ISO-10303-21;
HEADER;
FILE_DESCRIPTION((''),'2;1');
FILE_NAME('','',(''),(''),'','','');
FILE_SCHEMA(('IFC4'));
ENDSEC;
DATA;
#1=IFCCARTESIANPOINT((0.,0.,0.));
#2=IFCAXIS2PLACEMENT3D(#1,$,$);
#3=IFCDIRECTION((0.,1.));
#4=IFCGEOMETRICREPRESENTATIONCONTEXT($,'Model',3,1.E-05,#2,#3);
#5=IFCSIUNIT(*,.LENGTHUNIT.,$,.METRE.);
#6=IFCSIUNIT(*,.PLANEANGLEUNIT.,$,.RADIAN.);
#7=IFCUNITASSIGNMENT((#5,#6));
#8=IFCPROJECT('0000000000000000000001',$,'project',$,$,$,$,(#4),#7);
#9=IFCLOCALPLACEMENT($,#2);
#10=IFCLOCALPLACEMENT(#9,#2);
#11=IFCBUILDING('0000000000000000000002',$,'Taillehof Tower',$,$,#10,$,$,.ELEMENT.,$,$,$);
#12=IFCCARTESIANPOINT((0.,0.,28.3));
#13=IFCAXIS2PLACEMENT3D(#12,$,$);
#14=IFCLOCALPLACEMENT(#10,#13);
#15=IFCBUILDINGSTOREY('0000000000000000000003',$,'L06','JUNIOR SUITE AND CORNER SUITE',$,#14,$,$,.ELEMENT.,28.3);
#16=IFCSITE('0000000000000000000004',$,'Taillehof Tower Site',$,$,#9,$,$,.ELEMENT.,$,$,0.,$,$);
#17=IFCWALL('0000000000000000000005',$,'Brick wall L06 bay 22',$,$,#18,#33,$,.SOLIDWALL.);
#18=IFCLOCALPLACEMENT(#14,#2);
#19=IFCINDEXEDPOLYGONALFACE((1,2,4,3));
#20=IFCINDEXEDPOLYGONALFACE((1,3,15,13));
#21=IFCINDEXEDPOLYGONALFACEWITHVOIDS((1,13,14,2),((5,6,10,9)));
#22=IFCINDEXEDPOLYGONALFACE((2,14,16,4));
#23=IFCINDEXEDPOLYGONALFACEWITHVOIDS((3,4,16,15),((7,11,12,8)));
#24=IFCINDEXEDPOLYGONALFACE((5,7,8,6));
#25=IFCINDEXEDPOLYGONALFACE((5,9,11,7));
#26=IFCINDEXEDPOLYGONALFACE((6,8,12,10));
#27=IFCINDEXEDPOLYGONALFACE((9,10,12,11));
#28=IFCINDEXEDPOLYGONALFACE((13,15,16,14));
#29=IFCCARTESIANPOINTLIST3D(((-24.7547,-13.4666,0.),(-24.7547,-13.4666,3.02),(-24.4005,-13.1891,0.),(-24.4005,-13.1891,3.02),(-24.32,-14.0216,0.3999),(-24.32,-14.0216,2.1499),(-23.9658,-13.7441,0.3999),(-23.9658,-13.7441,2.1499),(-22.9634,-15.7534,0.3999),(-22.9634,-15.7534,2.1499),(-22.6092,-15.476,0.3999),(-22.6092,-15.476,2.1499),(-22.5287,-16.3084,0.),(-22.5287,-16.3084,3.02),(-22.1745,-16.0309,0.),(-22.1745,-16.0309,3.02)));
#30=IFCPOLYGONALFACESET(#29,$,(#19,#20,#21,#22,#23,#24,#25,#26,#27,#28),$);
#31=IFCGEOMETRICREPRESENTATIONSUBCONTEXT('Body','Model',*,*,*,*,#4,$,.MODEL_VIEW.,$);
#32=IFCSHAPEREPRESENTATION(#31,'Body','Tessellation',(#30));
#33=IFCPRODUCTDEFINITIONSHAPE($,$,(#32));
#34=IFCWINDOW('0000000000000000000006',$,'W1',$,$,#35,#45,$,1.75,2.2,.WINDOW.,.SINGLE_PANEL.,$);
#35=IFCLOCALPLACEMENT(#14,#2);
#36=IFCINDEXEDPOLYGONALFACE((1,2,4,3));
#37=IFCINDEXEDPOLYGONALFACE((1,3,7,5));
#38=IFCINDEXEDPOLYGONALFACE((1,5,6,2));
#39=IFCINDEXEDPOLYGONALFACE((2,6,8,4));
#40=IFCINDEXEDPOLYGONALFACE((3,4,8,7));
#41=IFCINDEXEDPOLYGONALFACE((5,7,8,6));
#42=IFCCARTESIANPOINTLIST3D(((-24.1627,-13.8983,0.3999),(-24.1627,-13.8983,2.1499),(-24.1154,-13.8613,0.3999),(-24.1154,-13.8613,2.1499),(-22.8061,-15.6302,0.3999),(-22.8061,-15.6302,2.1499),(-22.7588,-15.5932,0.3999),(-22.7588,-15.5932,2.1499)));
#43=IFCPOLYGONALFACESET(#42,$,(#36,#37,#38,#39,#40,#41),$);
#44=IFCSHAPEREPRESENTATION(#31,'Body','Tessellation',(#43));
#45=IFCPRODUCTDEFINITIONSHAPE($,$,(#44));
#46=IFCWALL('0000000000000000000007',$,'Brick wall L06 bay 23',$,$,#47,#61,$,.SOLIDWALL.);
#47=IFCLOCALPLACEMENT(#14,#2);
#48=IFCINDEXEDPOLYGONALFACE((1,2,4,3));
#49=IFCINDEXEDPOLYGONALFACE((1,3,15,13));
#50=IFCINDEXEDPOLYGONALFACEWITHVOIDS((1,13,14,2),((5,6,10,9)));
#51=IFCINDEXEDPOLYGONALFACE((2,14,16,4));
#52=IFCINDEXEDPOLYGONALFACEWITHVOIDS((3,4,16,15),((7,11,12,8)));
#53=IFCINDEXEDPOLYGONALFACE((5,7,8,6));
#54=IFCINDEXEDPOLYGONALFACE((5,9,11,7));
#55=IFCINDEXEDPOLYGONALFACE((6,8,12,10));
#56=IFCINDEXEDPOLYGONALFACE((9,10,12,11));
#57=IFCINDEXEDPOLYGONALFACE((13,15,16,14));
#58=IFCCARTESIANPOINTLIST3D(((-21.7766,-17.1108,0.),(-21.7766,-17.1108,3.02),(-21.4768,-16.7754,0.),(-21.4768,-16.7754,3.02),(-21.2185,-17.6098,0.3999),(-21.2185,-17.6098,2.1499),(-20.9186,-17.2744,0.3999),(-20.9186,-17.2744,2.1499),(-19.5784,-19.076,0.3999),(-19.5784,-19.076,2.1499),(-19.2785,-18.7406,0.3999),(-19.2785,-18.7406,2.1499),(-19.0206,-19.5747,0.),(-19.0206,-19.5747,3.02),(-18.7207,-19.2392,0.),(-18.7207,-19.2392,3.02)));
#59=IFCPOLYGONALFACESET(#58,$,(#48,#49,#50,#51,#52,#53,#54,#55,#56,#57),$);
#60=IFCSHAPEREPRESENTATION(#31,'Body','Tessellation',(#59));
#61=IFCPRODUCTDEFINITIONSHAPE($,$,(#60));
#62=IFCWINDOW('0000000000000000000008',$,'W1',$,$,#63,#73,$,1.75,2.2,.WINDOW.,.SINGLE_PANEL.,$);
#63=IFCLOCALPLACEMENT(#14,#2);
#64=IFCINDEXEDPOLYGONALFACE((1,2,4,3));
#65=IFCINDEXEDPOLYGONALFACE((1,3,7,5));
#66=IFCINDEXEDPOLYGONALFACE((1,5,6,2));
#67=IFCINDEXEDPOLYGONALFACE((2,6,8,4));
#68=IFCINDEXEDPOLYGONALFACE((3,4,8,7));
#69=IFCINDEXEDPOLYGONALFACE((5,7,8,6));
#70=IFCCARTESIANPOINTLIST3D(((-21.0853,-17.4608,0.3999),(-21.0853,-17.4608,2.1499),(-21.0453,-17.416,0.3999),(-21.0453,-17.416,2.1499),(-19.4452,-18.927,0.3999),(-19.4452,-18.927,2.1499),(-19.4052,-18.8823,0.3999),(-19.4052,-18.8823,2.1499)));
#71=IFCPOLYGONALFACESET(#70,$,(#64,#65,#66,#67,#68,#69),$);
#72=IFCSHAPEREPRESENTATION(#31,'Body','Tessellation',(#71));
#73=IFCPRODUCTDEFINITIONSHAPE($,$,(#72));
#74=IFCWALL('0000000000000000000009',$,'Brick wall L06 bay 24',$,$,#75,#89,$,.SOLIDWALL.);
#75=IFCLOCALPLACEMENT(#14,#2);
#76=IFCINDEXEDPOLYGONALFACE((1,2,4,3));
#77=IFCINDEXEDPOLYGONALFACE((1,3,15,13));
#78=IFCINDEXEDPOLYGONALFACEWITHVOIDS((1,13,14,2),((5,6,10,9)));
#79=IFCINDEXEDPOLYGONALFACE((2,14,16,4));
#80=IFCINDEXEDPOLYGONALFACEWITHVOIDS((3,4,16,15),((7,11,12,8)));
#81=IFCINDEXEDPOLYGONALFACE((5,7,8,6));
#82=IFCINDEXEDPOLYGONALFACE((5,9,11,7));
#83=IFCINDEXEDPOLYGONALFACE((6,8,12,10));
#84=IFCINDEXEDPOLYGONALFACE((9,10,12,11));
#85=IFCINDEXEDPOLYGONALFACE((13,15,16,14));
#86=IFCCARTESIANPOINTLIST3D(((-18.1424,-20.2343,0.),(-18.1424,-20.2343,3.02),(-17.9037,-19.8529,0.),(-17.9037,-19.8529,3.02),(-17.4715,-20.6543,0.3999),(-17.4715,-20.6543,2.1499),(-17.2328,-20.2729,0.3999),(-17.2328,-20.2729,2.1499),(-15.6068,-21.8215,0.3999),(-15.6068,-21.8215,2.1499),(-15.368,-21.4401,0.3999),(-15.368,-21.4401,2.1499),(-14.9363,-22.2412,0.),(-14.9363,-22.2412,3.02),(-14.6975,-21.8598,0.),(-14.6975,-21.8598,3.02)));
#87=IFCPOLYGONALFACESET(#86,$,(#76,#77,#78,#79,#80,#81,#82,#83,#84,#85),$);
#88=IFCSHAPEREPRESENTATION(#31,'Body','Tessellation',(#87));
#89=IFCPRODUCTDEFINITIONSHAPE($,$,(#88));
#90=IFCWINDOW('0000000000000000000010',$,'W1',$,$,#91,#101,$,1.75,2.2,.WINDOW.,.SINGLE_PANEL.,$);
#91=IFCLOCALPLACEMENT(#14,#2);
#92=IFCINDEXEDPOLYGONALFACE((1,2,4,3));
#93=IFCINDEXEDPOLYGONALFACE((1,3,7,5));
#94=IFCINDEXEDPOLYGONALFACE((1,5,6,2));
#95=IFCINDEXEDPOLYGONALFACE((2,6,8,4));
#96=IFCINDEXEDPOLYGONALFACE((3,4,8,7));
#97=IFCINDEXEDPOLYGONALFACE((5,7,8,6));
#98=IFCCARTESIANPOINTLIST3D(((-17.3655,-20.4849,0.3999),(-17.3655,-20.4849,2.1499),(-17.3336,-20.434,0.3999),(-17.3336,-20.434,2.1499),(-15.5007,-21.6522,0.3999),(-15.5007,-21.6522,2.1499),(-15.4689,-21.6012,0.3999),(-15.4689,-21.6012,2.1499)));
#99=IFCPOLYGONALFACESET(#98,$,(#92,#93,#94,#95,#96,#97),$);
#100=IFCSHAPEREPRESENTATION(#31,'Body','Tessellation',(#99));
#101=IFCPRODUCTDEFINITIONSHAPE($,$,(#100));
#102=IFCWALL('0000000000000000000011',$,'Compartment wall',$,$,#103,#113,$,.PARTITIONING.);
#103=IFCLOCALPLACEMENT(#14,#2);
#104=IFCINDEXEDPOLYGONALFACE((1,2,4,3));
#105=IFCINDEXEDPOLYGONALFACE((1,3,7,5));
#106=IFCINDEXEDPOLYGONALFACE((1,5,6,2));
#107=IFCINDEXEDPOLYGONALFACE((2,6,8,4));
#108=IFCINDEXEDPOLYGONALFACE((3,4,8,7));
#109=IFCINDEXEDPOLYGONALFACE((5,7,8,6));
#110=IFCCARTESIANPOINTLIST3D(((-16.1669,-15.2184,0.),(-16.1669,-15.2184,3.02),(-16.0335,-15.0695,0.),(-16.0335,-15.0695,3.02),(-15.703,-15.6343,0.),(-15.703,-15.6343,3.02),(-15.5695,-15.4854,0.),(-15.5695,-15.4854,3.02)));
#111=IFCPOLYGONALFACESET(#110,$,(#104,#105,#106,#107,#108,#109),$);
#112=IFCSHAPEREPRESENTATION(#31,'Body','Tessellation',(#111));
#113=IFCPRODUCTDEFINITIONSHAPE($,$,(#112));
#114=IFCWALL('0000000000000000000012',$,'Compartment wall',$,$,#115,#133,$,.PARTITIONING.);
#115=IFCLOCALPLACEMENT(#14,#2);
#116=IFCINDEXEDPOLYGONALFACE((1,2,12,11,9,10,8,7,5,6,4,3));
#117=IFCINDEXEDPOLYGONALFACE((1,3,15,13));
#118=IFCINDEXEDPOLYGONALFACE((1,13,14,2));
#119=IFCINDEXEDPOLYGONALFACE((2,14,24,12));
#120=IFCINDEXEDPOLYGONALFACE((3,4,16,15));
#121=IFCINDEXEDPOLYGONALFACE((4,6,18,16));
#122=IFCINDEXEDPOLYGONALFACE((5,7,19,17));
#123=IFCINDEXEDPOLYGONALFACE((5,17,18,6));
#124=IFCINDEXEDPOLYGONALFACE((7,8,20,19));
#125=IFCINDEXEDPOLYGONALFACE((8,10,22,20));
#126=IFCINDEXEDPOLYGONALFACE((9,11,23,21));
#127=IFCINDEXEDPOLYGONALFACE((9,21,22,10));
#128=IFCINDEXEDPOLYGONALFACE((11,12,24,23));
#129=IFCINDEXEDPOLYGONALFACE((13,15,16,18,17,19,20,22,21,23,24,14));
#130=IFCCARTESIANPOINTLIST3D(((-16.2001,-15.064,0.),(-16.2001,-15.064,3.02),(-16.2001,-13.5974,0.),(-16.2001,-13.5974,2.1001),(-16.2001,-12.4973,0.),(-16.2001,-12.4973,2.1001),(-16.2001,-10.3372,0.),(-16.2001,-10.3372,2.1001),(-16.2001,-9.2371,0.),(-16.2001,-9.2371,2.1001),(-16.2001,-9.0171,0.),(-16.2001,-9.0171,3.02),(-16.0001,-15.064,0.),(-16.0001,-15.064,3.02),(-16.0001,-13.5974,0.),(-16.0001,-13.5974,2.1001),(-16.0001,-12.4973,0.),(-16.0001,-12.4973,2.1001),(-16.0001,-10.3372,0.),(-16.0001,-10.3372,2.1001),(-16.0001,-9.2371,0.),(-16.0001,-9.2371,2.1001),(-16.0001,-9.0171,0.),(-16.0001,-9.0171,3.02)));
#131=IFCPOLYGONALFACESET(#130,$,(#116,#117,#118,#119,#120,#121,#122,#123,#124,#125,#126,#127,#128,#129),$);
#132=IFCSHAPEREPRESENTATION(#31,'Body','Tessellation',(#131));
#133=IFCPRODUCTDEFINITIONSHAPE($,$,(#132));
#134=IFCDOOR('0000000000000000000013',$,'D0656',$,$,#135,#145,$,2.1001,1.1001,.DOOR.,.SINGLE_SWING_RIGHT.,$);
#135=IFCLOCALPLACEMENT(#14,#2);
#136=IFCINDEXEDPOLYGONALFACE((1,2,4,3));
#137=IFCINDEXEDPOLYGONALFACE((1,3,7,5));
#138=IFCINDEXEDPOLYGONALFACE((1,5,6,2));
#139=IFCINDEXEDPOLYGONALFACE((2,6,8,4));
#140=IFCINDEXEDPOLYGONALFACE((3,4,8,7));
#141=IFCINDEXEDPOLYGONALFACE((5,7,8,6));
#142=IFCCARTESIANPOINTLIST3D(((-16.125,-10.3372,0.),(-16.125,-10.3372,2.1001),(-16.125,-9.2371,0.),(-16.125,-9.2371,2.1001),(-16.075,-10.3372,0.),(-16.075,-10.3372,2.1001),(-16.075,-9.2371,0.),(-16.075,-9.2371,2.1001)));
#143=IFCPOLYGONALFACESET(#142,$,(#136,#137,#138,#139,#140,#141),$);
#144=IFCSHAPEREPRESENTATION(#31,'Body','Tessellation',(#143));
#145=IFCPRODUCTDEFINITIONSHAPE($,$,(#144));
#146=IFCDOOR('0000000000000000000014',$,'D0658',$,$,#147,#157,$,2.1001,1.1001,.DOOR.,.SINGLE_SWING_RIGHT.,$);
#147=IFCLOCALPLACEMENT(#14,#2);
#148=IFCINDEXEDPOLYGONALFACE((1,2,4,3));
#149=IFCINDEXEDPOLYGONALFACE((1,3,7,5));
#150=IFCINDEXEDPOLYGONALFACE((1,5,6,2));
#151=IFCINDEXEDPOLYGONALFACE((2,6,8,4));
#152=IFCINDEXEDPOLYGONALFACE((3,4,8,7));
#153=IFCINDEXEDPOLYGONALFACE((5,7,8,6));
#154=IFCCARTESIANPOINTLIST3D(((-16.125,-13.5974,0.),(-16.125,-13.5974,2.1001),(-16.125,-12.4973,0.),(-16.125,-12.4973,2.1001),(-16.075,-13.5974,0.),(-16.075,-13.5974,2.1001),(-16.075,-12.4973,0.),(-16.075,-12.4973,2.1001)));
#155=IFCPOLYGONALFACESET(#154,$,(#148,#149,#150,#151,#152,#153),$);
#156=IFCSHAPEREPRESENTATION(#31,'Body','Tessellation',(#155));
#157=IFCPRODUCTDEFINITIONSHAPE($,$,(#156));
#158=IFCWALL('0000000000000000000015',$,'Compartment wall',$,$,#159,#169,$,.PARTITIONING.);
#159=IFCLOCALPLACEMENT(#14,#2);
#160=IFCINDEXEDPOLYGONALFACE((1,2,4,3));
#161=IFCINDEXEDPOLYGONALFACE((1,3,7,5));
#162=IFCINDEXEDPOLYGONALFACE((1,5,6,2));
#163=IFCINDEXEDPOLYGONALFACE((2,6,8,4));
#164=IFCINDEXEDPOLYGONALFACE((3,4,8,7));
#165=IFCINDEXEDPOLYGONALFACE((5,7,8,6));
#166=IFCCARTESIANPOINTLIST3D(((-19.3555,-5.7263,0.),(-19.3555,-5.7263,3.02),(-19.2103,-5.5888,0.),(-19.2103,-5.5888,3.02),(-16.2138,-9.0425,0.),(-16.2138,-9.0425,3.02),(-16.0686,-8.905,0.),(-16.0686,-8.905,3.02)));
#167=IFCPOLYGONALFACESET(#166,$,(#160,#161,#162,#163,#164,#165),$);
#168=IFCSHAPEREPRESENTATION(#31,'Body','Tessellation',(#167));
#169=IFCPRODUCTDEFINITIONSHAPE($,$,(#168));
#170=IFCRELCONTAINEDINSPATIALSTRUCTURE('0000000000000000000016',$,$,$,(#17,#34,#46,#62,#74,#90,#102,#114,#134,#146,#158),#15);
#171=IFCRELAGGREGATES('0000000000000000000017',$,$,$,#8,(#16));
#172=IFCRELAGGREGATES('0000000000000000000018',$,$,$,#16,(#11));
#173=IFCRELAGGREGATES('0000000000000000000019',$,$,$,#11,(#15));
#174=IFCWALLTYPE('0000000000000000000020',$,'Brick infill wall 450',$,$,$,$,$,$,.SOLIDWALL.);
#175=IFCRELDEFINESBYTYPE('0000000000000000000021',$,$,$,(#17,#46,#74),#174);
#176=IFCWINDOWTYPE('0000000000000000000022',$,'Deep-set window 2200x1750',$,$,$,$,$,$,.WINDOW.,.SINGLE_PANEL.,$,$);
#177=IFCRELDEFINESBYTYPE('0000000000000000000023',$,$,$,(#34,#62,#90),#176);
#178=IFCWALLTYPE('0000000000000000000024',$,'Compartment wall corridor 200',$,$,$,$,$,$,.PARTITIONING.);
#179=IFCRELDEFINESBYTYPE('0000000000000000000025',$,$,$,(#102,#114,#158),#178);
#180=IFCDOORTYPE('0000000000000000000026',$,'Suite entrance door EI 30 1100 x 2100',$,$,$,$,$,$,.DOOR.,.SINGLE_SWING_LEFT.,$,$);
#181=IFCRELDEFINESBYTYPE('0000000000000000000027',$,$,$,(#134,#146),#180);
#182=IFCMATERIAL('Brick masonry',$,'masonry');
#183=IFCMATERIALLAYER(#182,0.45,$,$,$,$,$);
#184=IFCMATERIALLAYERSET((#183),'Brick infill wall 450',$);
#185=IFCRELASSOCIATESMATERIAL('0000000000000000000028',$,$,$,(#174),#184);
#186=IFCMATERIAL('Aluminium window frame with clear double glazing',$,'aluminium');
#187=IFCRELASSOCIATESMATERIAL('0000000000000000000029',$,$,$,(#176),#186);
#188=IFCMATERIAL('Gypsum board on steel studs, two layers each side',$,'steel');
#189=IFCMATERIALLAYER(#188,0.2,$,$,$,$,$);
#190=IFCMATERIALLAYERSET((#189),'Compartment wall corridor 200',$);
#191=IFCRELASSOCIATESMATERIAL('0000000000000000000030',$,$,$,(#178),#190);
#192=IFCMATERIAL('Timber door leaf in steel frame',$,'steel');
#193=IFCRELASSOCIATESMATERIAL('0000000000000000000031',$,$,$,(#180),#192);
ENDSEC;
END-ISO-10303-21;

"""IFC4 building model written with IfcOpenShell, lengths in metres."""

from ifc_helpers import new_model, si_unit, direction, frame, frame_2d, origin, place, context, subcontext, project, spatial, rectangle, extrude, material, layer, layer_set, type_object, element, fill, save


model = new_model("IFC4")

# Units and contexts
model_context = context("Model", 3, precision=1e-05, world=origin(), true_north=direction((0.0, 1.0)))
body_context = subcontext(model_context, "Body", "Model", "MODEL_VIEW")
ifc_project = project(units=[si_unit("LENGTHUNIT", "METRE"), si_unit("PLANEANGLEUNIT", "RADIAN")], contexts=[model_context])

# Site, building, storey
site_placement = place(None, origin())
site = spatial("IfcSite", under=ifc_project, at=site_placement, Name="Taillehof Tower Site", CompositionType="ELEMENT", RefElevation=0.0)
building_placement = place(site_placement, origin())
building = spatial("IfcBuilding", under=site, at=building_placement, Name="Taillehof Tower", CompositionType="ELEMENT")
storey_placement = place(building_placement, frame((0.0, 0.0, 28.3)))
storey = spatial("IfcBuildingStorey", under=building, at=storey_placement, Name="L06", Description="JUNIOR SUITE AND CORNER SUITE", CompositionType="ELEMENT", Elevation=28.3)

# Walls, openings, windows
ifc_material_1 = material(Name="Brick masonry", Category="masonry")
ifc_layer_1 = layer(ifc_material_1, 0.45)
ifc_layer_set_1 = layer_set([ifc_layer_1], Name="Brick infill wall 450")
wall_type_1 = type_object("IfcWallType", Name="Brick infill wall 450", PredefinedType="SOLIDWALL", material=ifc_layer_set_1)
ifc_material_2 = material(Name="Aluminium window frame with clear double glazing", Category="aluminium")
window_type = type_object("IfcWindowType", Name="Deep-set window 2200x1750", PartitioningType="SINGLE_PANEL", PredefinedType="WINDOW", material=ifc_material_2)
wall_1_placement = place(storey_placement, frame((-24.5776, -13.3279, 0.0), z_axis=(0.0, 0.0, 1.0), x_axis=(0.616662, -0.787228, 0.0)))
wall_1 = element("IfcWall", 1, at=wall_1_placement, inside=storey, type_object=wall_type_1, Name="Brick wall L06 bay 22", PredefinedType="SOLIDWALL", context=body_context, shape_type="SweptSolid", body=[
    extrude(rectangle(XDim=3.6099, YDim=0.45, at=frame_2d((1.8049, 0.0))), origin(), (0.0, 0.0, 1.0), 3.02),
])
opening_1_placement = place(wall_1_placement, frame((0.7048, 0.0, 0.3999)))
opening_1 = element("IfcOpeningElement", 2, at=opening_1_placement, cuts=wall_1, PredefinedType="OPENING", context=body_context, shape_type="SweptSolid", body=[
    extrude(rectangle(XDim=2.2, YDim=1.75, at=frame_2d((1.1001, 0.875))), frame((0.0, 0.2349, 0.0), z_axis=(0.0, -1.0, 0.0), x_axis=(1.0, 0.0, 0.0)), (0.0, 0.0, 1.0), 0.47),
])
window_1_placement = place(opening_1_placement, origin())
window_1 = element("IfcWindow", 3, at=window_1_placement, inside=storey, type_object=window_type, Name="W1", OverallHeight=1.75, OverallWidth=2.2, PartitioningType="SINGLE_PANEL", PredefinedType="WINDOW", context=body_context, shape_type="SweptSolid", body=[
    extrude(rectangle(XDim=2.2, YDim=1.75, at=frame_2d((1.1001, 0.875))), frame((0.0, 0.0349, 0.0), z_axis=(0.0, -1.0, 0.0), x_axis=(1.0, 0.0, 0.0)), (0.0, 0.0, 1.0), 0.0601),
])
fill(opening_1, window_1)
wall_2_placement = place(storey_placement, frame((-21.6267, -16.9431, 0.0), z_axis=(0.0, 0.0, 1.0), x_axis=(0.745526, -0.666476, 0.0)))
wall_2 = element("IfcWall", 4, at=wall_2_placement, inside=storey, type_object=wall_type_1, Name="Brick wall L06 bay 23", PredefinedType="SOLIDWALL", context=body_context, shape_type="SweptSolid", body=[
    extrude(rectangle(XDim=3.6968, YDim=0.45, at=frame_2d((1.8484, 0.0))), origin(), (0.0, 0.0, 1.0), 3.02),
])
opening_2_placement = place(wall_2_placement, frame((0.7485, 0.0, 0.3999)))
opening_2 = element("IfcOpeningElement", 5, at=opening_2_placement, cuts=wall_2, PredefinedType="OPENING", context=body_context, shape_type="SweptSolid", body=[
    extrude(rectangle(XDim=2.2, YDim=1.75, at=frame_2d((1.1001, 0.875))), frame((0.0, 0.2349, 0.0), z_axis=(0.0, -1.0, 0.0), x_axis=(1.0, 0.0, 0.0)), (0.0, 0.0, 1.0), 0.47),
])
window_2_placement = place(opening_2_placement, origin())
window_2 = element("IfcWindow", 6, at=window_2_placement, inside=storey, type_object=window_type, Name="W1", OverallHeight=1.75, OverallWidth=2.2, PartitioningType="SINGLE_PANEL", PredefinedType="WINDOW", context=body_context, shape_type="SweptSolid", body=[
    extrude(rectangle(XDim=2.2, YDim=1.75, at=frame_2d((1.1001, 0.875))), frame((0.0, 0.0349, 0.0), z_axis=(0.0, -1.0, 0.0), x_axis=(1.0, 0.0, 0.0)), (0.0, 0.0, 1.0), 0.0601),
])
fill(opening_2, window_2)
wall_3_placement = place(storey_placement, frame((-18.0229, -20.0437, 0.0), z_axis=(0.0, 0.0, 1.0), x_axis=(0.847635, -0.530579, 0.0)))
wall_3 = element("IfcWall", 7, at=wall_3_placement, inside=storey, type_object=wall_type_1, Name="Brick wall L06 bay 24", PredefinedType="SOLIDWALL", context=body_context, shape_type="SweptSolid", body=[
    extrude(rectangle(XDim=3.7825, YDim=0.45, at=frame_2d((1.8911, 0.0))), origin(), (0.0, 0.0, 1.0), 3.02),
])
opening_3_placement = place(wall_3_placement, frame((0.7913, 0.0, 0.3999)))
opening_3 = element("IfcOpeningElement", 8, at=opening_3_placement, cuts=wall_3, PredefinedType="OPENING", context=body_context, shape_type="SweptSolid", body=[
    extrude(rectangle(XDim=2.2, YDim=1.75, at=frame_2d((1.1001, 0.875))), frame((0.0, 0.2349, 0.0), z_axis=(0.0, -1.0, 0.0), x_axis=(1.0, 0.0, 0.0)), (0.0, 0.0, 1.0), 0.47),
])
window_3_placement = place(opening_3_placement, origin())
window_3 = element("IfcWindow", 9, at=window_3_placement, inside=storey, type_object=window_type, Name="W1", OverallHeight=1.75, OverallWidth=2.2, PartitioningType="SINGLE_PANEL", PredefinedType="WINDOW", context=body_context, shape_type="SweptSolid", body=[
    extrude(rectangle(XDim=2.2, YDim=1.75, at=frame_2d((1.1001, 0.875))), frame((0.0, 0.0349, 0.0), z_axis=(0.0, -1.0, 0.0), x_axis=(1.0, 0.0, 0.0)), (0.0, 0.0, 1.0), 0.0601),
])
fill(opening_3, window_3)

# Wall
ifc_material_3 = material(Name="Gypsum board on steel studs, two layers each side", Category="steel")
ifc_layer_2 = layer(ifc_material_3, 0.2)
ifc_layer_set_2 = layer_set([ifc_layer_2], Name="Compartment wall corridor 200")
wall_type_2 = type_object("IfcWallType", Name="Compartment wall corridor 200", PredefinedType="PARTITIONING", material=ifc_layer_set_2)
wall_4_placement = place(storey_placement, frame((-15.6362, -15.5598, 0.0), z_axis=(0.0, 0.0, 1.0), x_axis=(-0.744657, 0.667448, 0.0)))
element("IfcWall", 10, at=wall_4_placement, inside=storey, type_object=wall_type_2, Name="Compartment wall", PredefinedType="PARTITIONING", context=body_context, shape_type="SweptSolid", body=[
    extrude(rectangle(XDim=0.623, YDim=0.2, at=frame_2d((0.3115, 0.0))), origin(), (0.0, 0.0, 1.0), 3.02),
])

# Wall, openings, doors
wall_5_placement = place(storey_placement, frame((-16.1001, -15.064, 0.0), z_axis=(0.0, 0.0, 1.0), x_axis=(0.0, 1.0, 0.0)))
wall_5 = element("IfcWall", 11, at=wall_5_placement, inside=storey, type_object=wall_type_2, Name="Compartment wall", PredefinedType="PARTITIONING", context=body_context, shape_type="SweptSolid", body=[
    extrude(rectangle(XDim=6.0469, YDim=0.2, at=frame_2d((3.0234, 0.0))), origin(), (0.0, 0.0, 1.0), 3.02),
])
opening_4_placement = place(wall_5_placement, frame((4.7268, 0.0, 0.0)))
opening_4 = element("IfcOpeningElement", 12, at=opening_4_placement, cuts=wall_5, PredefinedType="OPENING", context=body_context, shape_type="SweptSolid", body=[
    extrude(rectangle(XDim=1.1001, YDim=2.1001, at=frame_2d((0.55, 1.05))), frame((0.0, 0.1099, 0.0), z_axis=(0.0, -1.0, 0.0), x_axis=(1.0, 0.0, 0.0)), (0.0, 0.0, 1.0), 0.22),
])
opening_5_placement = place(wall_5_placement, frame((1.4666, 0.0, 0.0)))
opening_5 = element("IfcOpeningElement", 13, at=opening_5_placement, cuts=wall_5, PredefinedType="OPENING", context=body_context, shape_type="SweptSolid", body=[
    extrude(rectangle(XDim=1.1001, YDim=2.1001, at=frame_2d((0.55, 1.05))), frame((0.0, 0.1099, 0.0), z_axis=(0.0, -1.0, 0.0), x_axis=(1.0, 0.0, 0.0)), (0.0, 0.0, 1.0), 0.22),
])
ifc_material_4 = material(Name="Timber door leaf in steel frame", Category="steel")
door_type = type_object("IfcDoorType", Name="Suite entrance door EI 30 1100 x 2100", OperationType="SINGLE_SWING_LEFT", PredefinedType="DOOR", material=ifc_material_4)
door_1_placement = place(opening_4_placement, origin())
door_1 = element("IfcDoor", 14, at=door_1_placement, inside=storey, type_object=door_type, Name="D0656", OperationType="SINGLE_SWING_RIGHT", OverallHeight=2.1001, OverallWidth=1.1001, PredefinedType="DOOR", context=body_context, shape_type="SweptSolid", body=[
    extrude(rectangle(XDim=1.1001, YDim=2.1001, at=frame_2d((0.55, 1.05))), frame((0.0, 0.0249, 0.0), z_axis=(0.0, -1.0, 0.0), x_axis=(1.0, 0.0, 0.0)), (0.0, 0.0, 1.0), 0.05),
])
fill(opening_4, door_1)
door_2_placement = place(opening_5_placement, origin())
door_2 = element("IfcDoor", 15, at=door_2_placement, inside=storey, type_object=door_type, Name="D0658", OperationType="SINGLE_SWING_RIGHT", OverallHeight=2.1001, OverallWidth=1.1001, PredefinedType="DOOR", context=body_context, shape_type="SweptSolid", body=[
    extrude(rectangle(XDim=1.1001, YDim=2.1001, at=frame_2d((0.55, 1.05))), frame((0.0, 0.0249, 0.0), z_axis=(0.0, -1.0, 0.0), x_axis=(1.0, 0.0, 0.0)), (0.0, 0.0, 1.0), 0.05),
])
fill(opening_5, door_2)

# Wall
wall_6_placement = place(storey_placement, frame((-16.1411, -8.9739, 0.0), z_axis=(0.0, 0.0, 1.0), x_axis=(-0.687742, 0.725955, 0.0)))
element("IfcWall", 16, at=wall_6_placement, inside=storey, type_object=wall_type_2, Name="Compartment wall", PredefinedType="PARTITIONING", context=body_context, shape_type="SweptSolid", body=[
    extrude(rectangle(XDim=4.5681, YDim=0.2, at=frame_2d((2.2842, 0.0))), origin(), (0.0, 0.0, 1.0), 3.02),
])

save(model, "model.ifc")
